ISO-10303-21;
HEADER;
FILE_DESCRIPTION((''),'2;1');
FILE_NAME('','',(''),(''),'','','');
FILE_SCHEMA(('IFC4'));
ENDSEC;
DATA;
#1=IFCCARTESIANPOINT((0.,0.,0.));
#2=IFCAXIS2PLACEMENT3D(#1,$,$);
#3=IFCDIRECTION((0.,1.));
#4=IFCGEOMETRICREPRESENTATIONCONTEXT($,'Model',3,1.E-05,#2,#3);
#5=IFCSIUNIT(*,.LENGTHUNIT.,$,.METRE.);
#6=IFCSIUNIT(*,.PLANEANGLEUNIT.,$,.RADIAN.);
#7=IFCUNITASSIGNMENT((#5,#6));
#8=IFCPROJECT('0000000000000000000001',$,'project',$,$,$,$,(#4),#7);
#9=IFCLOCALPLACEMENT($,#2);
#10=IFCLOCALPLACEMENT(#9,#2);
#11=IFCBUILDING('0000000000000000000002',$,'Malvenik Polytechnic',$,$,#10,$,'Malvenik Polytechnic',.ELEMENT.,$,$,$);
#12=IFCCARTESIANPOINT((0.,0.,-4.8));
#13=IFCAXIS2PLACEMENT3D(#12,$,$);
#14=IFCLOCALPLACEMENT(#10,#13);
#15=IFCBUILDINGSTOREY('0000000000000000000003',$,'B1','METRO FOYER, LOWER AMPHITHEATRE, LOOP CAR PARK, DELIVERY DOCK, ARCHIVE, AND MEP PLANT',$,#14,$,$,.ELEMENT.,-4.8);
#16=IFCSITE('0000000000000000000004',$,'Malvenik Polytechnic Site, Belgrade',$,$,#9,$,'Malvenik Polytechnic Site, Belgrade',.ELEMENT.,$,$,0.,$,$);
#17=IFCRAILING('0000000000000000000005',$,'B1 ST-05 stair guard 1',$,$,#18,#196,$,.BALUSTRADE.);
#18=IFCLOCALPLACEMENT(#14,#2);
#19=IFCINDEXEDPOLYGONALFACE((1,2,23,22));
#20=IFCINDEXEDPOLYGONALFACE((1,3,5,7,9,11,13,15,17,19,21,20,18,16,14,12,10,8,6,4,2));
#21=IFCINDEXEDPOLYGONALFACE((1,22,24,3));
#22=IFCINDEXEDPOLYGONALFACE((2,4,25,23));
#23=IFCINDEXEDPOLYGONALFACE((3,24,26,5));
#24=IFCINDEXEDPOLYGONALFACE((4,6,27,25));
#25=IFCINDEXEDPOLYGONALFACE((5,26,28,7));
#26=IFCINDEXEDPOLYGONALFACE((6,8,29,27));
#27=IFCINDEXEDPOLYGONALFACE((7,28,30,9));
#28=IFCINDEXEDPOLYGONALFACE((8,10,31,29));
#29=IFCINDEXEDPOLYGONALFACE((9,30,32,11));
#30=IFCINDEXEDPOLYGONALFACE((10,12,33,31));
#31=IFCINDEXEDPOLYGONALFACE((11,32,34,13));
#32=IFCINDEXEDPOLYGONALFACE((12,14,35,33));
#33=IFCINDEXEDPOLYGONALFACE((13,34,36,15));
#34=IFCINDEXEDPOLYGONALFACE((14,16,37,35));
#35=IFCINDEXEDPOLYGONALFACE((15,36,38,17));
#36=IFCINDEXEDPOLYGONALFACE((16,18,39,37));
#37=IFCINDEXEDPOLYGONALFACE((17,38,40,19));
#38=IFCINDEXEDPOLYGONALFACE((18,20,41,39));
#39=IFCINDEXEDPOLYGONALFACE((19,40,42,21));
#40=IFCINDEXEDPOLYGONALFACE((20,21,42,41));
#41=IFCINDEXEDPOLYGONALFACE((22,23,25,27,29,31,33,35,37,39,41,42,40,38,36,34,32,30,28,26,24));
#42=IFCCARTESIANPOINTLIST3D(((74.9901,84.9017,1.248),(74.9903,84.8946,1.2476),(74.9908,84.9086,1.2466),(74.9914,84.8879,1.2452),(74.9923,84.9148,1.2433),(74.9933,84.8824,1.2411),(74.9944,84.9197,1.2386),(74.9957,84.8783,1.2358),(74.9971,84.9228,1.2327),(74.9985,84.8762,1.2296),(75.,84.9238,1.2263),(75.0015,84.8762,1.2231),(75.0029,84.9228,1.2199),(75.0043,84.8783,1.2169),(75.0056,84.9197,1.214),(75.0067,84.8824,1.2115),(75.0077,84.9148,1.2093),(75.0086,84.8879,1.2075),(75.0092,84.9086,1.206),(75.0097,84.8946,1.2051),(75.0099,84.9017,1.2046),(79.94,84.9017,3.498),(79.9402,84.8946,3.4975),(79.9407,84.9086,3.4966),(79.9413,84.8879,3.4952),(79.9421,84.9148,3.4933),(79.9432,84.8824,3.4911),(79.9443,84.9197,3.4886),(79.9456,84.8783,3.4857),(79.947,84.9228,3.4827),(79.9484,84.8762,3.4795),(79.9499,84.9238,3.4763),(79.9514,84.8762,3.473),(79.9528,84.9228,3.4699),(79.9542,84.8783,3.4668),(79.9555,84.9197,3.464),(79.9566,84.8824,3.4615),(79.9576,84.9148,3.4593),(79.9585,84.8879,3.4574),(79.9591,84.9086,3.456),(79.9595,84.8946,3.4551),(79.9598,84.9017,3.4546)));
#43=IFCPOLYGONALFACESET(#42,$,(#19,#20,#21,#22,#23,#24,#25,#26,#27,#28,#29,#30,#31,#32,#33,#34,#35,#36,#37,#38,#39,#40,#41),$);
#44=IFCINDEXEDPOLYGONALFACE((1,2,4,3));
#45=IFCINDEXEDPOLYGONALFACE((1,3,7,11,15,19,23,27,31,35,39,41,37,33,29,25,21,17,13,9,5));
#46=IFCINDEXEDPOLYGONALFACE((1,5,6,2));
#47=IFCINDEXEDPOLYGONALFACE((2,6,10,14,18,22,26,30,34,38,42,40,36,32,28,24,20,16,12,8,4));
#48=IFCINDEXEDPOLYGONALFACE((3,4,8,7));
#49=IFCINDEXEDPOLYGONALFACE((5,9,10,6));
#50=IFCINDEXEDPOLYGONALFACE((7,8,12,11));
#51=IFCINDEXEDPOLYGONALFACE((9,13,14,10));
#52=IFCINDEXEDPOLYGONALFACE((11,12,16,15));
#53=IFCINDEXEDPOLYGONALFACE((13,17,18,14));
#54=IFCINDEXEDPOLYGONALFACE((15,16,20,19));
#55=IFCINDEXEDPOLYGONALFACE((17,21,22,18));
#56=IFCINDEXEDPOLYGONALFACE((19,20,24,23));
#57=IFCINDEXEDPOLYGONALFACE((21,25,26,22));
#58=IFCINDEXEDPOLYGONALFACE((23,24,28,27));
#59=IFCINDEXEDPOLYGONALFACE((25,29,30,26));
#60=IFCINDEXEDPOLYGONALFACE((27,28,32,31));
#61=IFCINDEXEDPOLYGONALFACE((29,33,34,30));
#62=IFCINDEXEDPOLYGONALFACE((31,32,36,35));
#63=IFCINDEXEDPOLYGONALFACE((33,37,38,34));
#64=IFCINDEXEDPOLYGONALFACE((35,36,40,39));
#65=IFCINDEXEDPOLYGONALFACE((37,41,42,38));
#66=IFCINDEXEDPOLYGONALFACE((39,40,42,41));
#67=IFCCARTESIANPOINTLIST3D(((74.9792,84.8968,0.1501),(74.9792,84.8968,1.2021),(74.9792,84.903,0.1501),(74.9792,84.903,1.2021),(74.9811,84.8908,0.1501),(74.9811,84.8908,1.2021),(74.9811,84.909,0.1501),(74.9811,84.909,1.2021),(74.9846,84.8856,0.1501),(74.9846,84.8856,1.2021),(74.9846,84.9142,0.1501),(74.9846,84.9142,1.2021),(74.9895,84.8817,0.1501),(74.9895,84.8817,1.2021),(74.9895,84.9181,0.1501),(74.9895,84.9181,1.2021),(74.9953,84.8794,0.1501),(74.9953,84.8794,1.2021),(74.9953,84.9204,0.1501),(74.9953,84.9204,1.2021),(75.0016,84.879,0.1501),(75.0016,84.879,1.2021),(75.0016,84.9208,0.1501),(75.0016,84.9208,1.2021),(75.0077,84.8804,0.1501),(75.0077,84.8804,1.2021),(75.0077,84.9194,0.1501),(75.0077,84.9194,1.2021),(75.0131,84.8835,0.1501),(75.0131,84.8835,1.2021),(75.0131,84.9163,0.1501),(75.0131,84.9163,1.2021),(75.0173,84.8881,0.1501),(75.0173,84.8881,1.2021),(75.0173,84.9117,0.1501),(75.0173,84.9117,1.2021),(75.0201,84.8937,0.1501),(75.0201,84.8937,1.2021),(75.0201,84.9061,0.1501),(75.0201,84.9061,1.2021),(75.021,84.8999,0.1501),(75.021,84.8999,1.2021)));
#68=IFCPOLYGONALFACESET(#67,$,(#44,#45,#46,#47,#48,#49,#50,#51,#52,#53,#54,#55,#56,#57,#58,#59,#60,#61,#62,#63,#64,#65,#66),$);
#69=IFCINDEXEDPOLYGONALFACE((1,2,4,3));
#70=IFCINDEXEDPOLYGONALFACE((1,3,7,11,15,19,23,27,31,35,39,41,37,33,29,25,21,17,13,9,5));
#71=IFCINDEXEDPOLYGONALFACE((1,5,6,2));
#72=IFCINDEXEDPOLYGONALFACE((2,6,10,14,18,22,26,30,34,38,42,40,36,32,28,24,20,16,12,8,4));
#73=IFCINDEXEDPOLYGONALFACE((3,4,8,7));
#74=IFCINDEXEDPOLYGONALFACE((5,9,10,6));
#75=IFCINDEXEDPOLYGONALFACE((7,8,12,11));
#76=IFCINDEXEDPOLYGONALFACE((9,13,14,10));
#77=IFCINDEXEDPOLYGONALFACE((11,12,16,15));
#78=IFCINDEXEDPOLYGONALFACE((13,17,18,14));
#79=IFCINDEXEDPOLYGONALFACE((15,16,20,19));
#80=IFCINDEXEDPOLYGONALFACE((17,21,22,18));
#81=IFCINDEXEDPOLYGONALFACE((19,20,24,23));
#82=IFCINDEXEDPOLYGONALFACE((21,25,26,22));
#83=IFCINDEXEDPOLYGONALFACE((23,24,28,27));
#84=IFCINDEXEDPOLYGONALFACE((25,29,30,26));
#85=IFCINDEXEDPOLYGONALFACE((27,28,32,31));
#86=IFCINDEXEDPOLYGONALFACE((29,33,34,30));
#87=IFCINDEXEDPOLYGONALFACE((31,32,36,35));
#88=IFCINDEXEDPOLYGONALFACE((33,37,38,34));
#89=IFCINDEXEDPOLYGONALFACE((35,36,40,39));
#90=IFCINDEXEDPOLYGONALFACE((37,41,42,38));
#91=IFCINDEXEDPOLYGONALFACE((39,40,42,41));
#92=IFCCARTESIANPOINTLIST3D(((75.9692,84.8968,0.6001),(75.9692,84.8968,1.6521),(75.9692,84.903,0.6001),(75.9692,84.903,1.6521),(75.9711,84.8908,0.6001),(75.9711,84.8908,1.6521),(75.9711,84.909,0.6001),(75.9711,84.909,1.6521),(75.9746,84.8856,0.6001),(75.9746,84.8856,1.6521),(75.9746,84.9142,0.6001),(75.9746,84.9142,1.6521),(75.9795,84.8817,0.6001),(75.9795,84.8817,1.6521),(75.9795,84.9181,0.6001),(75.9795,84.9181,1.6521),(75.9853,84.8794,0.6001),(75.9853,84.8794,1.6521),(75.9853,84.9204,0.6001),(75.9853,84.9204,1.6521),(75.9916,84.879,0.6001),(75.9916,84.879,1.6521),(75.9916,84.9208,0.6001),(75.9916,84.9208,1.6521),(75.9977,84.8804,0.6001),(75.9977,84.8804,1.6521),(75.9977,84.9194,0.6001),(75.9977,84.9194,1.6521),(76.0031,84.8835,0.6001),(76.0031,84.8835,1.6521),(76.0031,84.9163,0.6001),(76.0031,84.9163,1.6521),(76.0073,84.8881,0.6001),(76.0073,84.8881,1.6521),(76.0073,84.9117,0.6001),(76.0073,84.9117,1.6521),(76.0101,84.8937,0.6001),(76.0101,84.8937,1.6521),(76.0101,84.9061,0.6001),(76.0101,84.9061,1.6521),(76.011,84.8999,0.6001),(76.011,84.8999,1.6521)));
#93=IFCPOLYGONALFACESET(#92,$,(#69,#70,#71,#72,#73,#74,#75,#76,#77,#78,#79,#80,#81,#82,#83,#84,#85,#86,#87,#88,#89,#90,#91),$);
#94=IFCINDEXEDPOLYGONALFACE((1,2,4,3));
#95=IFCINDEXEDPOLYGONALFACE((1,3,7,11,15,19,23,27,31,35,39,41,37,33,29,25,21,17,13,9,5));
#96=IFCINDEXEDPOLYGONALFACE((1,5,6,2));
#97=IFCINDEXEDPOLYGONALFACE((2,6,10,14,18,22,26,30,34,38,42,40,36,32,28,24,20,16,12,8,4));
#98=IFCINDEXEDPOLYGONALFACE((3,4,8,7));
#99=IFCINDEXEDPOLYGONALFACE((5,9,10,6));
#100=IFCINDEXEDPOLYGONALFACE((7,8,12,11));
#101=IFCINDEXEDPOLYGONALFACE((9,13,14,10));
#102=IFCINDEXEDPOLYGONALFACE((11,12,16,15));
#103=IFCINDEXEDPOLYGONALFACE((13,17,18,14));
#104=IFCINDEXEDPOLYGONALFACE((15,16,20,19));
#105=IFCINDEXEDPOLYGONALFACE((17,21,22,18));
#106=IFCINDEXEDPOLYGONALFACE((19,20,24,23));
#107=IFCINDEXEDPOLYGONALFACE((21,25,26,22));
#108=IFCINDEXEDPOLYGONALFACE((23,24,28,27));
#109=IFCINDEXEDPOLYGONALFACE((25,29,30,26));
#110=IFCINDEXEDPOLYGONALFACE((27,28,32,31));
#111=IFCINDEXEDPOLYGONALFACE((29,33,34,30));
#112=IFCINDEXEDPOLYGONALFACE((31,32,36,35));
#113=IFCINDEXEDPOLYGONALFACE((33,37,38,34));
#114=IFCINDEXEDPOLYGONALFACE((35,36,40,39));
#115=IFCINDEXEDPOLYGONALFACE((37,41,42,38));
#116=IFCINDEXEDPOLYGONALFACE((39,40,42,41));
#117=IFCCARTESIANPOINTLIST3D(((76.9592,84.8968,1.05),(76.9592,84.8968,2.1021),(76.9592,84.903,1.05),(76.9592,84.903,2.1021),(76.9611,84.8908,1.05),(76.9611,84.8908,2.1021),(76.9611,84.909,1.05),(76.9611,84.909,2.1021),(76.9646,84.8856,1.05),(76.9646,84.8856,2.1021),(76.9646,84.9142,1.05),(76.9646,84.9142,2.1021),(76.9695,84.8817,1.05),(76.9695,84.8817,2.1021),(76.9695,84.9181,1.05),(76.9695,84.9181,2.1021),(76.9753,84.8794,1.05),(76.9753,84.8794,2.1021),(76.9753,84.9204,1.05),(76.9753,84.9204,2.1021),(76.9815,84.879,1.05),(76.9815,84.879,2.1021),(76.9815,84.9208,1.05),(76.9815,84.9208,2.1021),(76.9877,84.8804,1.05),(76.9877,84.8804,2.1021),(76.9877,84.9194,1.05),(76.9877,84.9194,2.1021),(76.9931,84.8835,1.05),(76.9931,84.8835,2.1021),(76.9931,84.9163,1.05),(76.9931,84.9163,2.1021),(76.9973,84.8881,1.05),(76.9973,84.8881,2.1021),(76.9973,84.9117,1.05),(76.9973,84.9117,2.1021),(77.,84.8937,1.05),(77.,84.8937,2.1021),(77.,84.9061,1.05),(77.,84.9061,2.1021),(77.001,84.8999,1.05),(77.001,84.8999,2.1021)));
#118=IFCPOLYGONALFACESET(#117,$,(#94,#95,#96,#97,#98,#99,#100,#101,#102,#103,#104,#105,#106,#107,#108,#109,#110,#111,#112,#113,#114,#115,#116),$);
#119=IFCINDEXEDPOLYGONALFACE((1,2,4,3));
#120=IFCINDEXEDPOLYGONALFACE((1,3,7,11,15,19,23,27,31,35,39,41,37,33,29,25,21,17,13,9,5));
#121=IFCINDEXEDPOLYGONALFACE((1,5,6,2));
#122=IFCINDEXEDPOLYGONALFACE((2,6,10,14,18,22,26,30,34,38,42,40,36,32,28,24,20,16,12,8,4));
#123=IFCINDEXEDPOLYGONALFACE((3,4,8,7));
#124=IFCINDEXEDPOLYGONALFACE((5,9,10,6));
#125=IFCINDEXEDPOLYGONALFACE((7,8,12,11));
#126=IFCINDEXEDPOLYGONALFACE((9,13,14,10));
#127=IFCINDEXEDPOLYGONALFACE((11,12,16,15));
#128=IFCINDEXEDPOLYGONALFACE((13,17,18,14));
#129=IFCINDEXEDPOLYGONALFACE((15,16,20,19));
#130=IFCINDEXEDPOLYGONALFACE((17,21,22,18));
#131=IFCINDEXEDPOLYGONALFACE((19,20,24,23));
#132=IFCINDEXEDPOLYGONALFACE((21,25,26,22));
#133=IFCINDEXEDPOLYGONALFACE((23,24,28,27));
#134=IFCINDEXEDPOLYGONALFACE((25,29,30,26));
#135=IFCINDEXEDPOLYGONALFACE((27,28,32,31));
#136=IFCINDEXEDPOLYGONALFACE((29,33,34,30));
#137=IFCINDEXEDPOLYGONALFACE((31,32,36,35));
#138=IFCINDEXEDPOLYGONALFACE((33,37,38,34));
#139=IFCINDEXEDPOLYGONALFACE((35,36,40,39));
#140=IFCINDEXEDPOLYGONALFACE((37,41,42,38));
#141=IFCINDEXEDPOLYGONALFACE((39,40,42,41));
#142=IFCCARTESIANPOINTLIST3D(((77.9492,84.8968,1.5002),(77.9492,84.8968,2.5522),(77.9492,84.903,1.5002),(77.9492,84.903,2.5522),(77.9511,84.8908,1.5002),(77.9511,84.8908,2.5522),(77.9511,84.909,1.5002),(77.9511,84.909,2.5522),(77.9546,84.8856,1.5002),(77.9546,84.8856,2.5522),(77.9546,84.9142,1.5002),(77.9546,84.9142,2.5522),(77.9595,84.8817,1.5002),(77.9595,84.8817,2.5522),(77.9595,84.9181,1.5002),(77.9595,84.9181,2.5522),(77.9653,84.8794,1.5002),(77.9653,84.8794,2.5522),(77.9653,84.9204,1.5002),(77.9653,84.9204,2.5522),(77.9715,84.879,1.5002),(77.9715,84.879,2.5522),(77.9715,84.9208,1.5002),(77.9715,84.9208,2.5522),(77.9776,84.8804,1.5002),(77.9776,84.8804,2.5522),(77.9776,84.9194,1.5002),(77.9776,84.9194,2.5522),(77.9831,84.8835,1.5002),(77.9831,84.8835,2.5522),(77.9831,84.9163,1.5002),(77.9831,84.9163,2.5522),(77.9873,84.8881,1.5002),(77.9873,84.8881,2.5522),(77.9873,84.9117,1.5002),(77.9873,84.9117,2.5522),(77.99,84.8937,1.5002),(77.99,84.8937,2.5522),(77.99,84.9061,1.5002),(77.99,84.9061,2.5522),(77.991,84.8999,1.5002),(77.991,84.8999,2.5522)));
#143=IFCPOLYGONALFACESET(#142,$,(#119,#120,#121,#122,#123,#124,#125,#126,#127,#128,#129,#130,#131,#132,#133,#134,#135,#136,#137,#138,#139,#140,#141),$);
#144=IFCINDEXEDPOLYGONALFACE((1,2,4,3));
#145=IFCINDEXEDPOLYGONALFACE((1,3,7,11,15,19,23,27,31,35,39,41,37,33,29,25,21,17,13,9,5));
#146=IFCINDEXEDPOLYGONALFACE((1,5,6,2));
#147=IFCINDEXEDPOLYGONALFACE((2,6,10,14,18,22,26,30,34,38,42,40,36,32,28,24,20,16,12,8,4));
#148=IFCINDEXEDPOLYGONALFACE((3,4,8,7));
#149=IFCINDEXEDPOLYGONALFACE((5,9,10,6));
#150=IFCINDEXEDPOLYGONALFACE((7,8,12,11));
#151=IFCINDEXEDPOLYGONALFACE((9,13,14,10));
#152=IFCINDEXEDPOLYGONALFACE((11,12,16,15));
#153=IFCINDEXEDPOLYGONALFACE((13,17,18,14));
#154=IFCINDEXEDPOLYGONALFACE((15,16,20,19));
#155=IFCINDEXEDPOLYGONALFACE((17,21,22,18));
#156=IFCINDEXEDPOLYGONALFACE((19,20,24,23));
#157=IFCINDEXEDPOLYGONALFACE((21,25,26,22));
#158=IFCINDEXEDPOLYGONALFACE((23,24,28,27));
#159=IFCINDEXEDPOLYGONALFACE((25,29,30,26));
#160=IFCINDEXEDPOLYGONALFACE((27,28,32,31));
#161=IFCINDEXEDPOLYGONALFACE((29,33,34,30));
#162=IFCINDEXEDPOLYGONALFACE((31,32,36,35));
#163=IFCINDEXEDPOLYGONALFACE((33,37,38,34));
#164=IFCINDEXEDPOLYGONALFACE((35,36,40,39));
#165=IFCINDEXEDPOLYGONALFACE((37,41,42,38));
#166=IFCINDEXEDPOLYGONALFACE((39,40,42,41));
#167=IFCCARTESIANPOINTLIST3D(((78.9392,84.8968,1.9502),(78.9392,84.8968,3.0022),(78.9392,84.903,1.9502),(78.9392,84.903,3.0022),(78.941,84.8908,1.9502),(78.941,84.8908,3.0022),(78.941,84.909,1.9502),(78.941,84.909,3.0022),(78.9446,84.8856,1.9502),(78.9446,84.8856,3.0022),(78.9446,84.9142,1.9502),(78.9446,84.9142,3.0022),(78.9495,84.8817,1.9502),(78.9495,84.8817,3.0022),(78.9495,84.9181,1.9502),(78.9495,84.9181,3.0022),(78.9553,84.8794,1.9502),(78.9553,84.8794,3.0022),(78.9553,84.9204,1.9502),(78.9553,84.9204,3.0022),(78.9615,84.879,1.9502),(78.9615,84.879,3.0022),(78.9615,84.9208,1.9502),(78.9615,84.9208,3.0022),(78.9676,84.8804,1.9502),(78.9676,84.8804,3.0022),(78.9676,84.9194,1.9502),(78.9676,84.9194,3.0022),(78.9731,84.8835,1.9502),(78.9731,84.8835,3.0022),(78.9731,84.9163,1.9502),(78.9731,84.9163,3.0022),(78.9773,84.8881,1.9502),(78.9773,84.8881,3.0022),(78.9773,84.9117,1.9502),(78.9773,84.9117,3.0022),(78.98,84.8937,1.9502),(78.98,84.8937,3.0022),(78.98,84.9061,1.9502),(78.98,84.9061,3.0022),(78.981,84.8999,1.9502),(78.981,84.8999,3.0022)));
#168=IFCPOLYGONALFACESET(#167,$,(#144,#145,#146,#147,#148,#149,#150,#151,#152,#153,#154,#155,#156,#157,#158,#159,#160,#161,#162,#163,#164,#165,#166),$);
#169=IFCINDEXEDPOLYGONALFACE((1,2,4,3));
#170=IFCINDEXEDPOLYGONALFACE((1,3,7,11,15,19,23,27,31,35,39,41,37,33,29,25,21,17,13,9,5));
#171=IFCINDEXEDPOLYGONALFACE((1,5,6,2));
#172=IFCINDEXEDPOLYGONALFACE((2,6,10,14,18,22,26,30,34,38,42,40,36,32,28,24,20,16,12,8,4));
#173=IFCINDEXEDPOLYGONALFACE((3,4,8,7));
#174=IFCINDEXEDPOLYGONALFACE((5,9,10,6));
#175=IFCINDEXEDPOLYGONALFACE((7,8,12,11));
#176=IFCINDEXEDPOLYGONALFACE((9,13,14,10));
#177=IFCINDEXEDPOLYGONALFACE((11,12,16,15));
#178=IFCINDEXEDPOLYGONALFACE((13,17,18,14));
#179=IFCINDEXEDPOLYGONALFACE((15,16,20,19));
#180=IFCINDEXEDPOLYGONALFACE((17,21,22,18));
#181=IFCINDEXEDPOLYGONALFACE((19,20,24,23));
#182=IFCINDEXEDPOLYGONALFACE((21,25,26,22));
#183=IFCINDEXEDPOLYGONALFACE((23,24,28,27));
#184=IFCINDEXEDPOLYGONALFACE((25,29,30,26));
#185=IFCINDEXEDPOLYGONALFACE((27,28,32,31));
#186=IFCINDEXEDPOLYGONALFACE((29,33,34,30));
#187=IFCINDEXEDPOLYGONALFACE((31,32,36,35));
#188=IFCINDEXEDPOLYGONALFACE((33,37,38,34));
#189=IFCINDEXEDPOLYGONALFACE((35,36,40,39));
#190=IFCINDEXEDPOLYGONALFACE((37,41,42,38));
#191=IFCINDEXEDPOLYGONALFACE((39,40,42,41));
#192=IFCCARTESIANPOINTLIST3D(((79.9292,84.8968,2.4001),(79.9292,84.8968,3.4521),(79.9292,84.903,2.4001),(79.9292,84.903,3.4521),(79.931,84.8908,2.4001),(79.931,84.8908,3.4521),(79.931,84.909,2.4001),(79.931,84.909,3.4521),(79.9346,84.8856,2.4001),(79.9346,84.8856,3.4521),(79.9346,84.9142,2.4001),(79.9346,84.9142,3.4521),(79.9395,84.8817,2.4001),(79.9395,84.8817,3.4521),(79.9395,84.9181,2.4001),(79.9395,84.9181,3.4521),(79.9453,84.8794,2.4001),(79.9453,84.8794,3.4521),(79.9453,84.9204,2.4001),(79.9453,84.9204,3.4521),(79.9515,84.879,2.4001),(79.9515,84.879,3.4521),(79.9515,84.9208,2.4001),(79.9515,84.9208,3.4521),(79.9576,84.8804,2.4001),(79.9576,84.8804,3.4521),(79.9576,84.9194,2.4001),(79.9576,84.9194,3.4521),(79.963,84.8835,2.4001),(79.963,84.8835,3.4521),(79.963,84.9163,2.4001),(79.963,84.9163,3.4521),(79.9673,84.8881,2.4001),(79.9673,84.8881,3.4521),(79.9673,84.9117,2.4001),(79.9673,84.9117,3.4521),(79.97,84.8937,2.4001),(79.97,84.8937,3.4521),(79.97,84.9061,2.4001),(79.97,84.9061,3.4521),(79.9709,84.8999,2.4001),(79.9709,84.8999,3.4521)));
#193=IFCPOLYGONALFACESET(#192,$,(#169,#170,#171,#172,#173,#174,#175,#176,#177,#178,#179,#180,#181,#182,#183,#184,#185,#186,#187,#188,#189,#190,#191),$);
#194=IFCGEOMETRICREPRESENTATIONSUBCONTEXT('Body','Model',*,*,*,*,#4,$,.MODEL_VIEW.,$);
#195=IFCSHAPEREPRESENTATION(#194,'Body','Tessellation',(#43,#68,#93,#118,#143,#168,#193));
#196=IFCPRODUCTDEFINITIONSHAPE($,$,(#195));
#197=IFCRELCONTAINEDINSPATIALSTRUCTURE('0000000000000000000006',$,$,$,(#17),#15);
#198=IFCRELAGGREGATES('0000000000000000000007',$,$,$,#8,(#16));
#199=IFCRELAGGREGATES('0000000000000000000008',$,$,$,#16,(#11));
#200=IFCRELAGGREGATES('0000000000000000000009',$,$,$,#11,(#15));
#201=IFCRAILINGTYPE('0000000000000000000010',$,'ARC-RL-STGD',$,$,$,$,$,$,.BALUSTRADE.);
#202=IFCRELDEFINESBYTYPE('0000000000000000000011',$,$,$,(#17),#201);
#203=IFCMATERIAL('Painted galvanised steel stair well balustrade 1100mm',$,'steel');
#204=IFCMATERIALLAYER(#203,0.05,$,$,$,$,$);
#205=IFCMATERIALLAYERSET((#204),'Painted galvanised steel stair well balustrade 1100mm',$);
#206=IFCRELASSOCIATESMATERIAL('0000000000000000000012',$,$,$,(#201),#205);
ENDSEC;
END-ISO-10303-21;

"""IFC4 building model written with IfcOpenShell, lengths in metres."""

from ifc_helpers import new_model, si_unit, direction, frame, origin, origin_2d, place, context, subcontext, project, spatial, circle, extrude, material, layer, layer_set, type_object, element, save


model = new_model("IFC4")

# Units and contexts
model_context = context("Model", 3, precision=1e-05, world=origin(), true_north=direction((0.0, 1.0)))
body_context = subcontext(model_context, "Body", "Model", "MODEL_VIEW")
ifc_project = project(units=[si_unit("LENGTHUNIT", "METRE"), si_unit("PLANEANGLEUNIT", "RADIAN")], contexts=[model_context])

# Site, building, storey
site_placement = place(None, origin())
site = spatial("IfcSite", under=ifc_project, at=site_placement, Name="Malvenik Polytechnic Site, Belgrade", LongName="Malvenik Polytechnic Site, Belgrade", CompositionType="ELEMENT", RefElevation=0.0)
building_placement = place(site_placement, origin())
building = spatial("IfcBuilding", under=site, at=building_placement, Name="Malvenik Polytechnic", LongName="Malvenik Polytechnic", CompositionType="ELEMENT")
storey_placement = place(building_placement, frame((0.0, 0.0, -4.8)))
storey = spatial("IfcBuildingStorey", under=building, at=storey_placement, Name="B1", Description="METRO FOYER, LOWER AMPHITHEATRE, LOOP CAR PARK, DELIVERY DOCK, ARCHIVE, AND MEP PLANT", CompositionType="ELEMENT", Elevation=-4.8)

# Railing
ifc_material_1 = material(Name="Painted galvanised steel stair well balustrade 1100mm", Category="steel")
ifc_layer_1 = layer(ifc_material_1, 0.05)
ifc_layer_set_1 = layer_set([ifc_layer_1], Name="Painted galvanised steel stair well balustrade 1100mm")
railing_type_1 = type_object("IfcRailingType", Name="ARC-RL-STGD", PredefinedType="BALUSTRADE", material=ifc_layer_set_1)
railing_1_placement = place(storey_placement, frame((75.0, 84.8999, 0.1501)))
element("IfcRailing", 1, at=railing_1_placement, inside=storey, type_object=railing_type_1, Name="B1 ST-05 stair guard 1", PredefinedType="BALUSTRADE", context=body_context, shape_type="SweptSolid", body=[
    extrude(circle(Radius=0.0239, at=origin_2d()), frame((0.0, 0.0, 1.0762), z_axis=(0.910365, 0.0, 0.413806), x_axis=(0.0, 1.0, 0.0)), (0.0, 0.0, 1.0), 5.4373),
    extrude(circle(Radius=0.021, at=origin_2d()), origin(), (0.0, 0.0, 1.0), 1.052),
    extrude(circle(Radius=0.021, at=origin_2d()), frame((0.99, 0.0, 0.45)), (0.0, 0.0, 1.0), 1.052),
    extrude(circle(Radius=0.021, at=origin_2d()), frame((1.98, 0.0, 0.8999)), (0.0, 0.0, 1.0), 1.052),
    extrude(circle(Radius=0.021, at=origin_2d()), frame((2.97, 0.0, 1.3501)), (0.0, 0.0, 1.0), 1.052),
    extrude(circle(Radius=0.021, at=origin_2d()), frame((3.96, 0.0, 1.8)), (0.0, 0.0, 1.0), 1.052),
    extrude(circle(Radius=0.021, at=origin_2d()), frame((4.95, 0.0, 2.25)), (0.0, 0.0, 1.0), 1.052),
])

save(model, "model.ifc")
